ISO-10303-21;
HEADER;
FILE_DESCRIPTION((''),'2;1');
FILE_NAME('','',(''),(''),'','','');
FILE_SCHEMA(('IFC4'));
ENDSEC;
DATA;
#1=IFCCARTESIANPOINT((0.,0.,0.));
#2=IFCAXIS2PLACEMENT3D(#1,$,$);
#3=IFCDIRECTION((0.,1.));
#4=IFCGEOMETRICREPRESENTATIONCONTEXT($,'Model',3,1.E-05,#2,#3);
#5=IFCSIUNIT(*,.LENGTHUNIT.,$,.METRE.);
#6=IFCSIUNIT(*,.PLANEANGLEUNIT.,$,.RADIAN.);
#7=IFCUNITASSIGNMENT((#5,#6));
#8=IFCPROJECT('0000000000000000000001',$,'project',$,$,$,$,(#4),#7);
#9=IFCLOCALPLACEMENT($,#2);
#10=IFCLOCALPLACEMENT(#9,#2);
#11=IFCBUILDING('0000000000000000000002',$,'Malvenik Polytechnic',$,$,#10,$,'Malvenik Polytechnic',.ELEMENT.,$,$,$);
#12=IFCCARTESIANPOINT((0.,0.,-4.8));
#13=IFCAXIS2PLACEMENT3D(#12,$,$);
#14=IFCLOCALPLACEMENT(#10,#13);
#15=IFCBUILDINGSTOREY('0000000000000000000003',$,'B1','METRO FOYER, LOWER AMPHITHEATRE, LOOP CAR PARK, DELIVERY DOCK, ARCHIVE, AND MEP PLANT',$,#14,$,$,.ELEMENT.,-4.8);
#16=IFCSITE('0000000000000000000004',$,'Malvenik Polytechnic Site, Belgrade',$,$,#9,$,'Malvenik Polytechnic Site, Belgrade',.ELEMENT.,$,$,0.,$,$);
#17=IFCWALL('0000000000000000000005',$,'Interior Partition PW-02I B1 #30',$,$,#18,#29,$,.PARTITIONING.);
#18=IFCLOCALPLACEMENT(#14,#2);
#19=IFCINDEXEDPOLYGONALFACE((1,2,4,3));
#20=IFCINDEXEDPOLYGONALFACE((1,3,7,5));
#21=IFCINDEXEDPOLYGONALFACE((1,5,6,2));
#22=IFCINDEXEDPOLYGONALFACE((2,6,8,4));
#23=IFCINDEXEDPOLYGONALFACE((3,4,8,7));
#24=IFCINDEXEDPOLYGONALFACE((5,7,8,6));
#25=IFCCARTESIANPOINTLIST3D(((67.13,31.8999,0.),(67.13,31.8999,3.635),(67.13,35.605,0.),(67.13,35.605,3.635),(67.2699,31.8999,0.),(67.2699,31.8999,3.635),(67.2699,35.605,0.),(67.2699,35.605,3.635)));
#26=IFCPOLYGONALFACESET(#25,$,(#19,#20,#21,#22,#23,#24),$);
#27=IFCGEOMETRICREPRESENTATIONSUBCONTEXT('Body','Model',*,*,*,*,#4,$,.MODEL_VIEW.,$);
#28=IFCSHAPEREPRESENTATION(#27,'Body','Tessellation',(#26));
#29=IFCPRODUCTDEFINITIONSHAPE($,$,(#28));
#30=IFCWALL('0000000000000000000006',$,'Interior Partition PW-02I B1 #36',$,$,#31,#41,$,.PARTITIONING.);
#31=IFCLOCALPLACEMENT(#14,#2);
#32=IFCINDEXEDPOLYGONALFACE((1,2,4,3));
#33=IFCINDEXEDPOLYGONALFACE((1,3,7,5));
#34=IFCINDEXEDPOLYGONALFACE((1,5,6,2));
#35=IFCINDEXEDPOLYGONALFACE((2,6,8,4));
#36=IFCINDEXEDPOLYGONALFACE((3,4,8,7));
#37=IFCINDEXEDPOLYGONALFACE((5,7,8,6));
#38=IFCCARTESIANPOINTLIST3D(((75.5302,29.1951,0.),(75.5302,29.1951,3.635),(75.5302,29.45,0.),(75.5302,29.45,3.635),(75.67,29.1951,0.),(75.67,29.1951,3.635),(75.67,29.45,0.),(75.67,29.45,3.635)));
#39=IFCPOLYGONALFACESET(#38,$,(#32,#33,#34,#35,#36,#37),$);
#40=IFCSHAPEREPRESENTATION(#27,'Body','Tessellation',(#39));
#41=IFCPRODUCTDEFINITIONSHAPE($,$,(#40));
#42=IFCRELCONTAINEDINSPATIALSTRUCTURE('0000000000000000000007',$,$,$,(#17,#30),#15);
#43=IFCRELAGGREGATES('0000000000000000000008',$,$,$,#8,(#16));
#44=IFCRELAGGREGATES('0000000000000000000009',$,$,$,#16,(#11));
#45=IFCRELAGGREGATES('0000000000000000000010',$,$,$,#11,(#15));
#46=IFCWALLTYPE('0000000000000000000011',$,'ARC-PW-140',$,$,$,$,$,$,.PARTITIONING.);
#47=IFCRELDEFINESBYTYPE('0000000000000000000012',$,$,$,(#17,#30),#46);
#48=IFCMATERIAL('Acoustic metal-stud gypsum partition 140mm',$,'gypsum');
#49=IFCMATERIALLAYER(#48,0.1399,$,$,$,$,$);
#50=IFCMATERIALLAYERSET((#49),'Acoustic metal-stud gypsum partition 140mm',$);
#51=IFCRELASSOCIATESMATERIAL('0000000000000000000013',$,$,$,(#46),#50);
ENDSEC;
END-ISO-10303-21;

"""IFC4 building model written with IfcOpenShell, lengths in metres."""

from ifc_helpers import new_model, si_unit, direction, frame, frame_2d, origin, place, context, subcontext, project, spatial, rectangle, extrude, material, layer, layer_set, type_object, element, save


model = new_model("IFC4")

# Units and contexts
model_context = context("Model", 3, precision=1e-05, world=origin(), true_north=direction((0.0, 1.0)))
body_context = subcontext(model_context, "Body", "Model", "MODEL_VIEW")
ifc_project = project(units=[si_unit("LENGTHUNIT", "METRE"), si_unit("PLANEANGLEUNIT", "RADIAN")], contexts=[model_context])

# Site, building, storey
site_placement = place(None, origin())
site = spatial("IfcSite", under=ifc_project, at=site_placement, Name="Malvenik Polytechnic Site, Belgrade", LongName="Malvenik Polytechnic Site, Belgrade", CompositionType="ELEMENT", RefElevation=0.0)
building_placement = place(site_placement, origin())
building = spatial("IfcBuilding", under=site, at=building_placement, Name="Malvenik Polytechnic", LongName="Malvenik Polytechnic", CompositionType="ELEMENT")
storey_placement = place(building_placement, frame((0.0, 0.0, -4.8)))
storey = spatial("IfcBuildingStorey", under=building, at=storey_placement, Name="B1", Description="METRO FOYER, LOWER AMPHITHEATRE, LOOP CAR PARK, DELIVERY DOCK, ARCHIVE, AND MEP PLANT", CompositionType="ELEMENT", Elevation=-4.8)

# Walls
ifc_material_1 = material(Name="Acoustic metal-stud gypsum partition 140mm", Category="gypsum")
ifc_layer_1 = layer(ifc_material_1, 0.1399)
ifc_layer_set_1 = layer_set([ifc_layer_1], Name="Acoustic metal-stud gypsum partition 140mm")
wall_type_1 = type_object("IfcWallType", Name="ARC-PW-140", PredefinedType="PARTITIONING", material=ifc_layer_set_1)
wall_1_placement = place(storey_placement, frame((67.2, 31.8999, 0.0), z_axis=(0.0, 0.0, 1.0), x_axis=(0.0, 1.0, 0.0)))
element("IfcWall", 1, at=wall_1_placement, inside=storey, type_object=wall_type_1, Name="Interior Partition PW-02I B1 #30", PredefinedType="PARTITIONING", context=body_context, shape_type="SweptSolid", body=[
    extrude(rectangle(XDim=3.7051, YDim=0.1399, at=frame_2d((1.8525, 0.0))), origin(), (0.0, 0.0, 1.0), 3.635),
])
wall_2_placement = place(storey_placement, frame((75.6001, 29.1951, 0.0), z_axis=(0.0, 0.0, 1.0), x_axis=(0.0, 1.0, 0.0)))
element("IfcWall", 2, at=wall_2_placement, inside=storey, type_object=wall_type_1, Name="Interior Partition PW-02I B1 #36", PredefinedType="PARTITIONING", context=body_context, shape_type="SweptSolid", body=[
    extrude(rectangle(XDim=0.2549, YDim=0.1399, at=frame_2d((0.1274, 0.0))), origin(), (0.0, 0.0, 1.0), 3.635),
])

save(model, "model.ifc")
